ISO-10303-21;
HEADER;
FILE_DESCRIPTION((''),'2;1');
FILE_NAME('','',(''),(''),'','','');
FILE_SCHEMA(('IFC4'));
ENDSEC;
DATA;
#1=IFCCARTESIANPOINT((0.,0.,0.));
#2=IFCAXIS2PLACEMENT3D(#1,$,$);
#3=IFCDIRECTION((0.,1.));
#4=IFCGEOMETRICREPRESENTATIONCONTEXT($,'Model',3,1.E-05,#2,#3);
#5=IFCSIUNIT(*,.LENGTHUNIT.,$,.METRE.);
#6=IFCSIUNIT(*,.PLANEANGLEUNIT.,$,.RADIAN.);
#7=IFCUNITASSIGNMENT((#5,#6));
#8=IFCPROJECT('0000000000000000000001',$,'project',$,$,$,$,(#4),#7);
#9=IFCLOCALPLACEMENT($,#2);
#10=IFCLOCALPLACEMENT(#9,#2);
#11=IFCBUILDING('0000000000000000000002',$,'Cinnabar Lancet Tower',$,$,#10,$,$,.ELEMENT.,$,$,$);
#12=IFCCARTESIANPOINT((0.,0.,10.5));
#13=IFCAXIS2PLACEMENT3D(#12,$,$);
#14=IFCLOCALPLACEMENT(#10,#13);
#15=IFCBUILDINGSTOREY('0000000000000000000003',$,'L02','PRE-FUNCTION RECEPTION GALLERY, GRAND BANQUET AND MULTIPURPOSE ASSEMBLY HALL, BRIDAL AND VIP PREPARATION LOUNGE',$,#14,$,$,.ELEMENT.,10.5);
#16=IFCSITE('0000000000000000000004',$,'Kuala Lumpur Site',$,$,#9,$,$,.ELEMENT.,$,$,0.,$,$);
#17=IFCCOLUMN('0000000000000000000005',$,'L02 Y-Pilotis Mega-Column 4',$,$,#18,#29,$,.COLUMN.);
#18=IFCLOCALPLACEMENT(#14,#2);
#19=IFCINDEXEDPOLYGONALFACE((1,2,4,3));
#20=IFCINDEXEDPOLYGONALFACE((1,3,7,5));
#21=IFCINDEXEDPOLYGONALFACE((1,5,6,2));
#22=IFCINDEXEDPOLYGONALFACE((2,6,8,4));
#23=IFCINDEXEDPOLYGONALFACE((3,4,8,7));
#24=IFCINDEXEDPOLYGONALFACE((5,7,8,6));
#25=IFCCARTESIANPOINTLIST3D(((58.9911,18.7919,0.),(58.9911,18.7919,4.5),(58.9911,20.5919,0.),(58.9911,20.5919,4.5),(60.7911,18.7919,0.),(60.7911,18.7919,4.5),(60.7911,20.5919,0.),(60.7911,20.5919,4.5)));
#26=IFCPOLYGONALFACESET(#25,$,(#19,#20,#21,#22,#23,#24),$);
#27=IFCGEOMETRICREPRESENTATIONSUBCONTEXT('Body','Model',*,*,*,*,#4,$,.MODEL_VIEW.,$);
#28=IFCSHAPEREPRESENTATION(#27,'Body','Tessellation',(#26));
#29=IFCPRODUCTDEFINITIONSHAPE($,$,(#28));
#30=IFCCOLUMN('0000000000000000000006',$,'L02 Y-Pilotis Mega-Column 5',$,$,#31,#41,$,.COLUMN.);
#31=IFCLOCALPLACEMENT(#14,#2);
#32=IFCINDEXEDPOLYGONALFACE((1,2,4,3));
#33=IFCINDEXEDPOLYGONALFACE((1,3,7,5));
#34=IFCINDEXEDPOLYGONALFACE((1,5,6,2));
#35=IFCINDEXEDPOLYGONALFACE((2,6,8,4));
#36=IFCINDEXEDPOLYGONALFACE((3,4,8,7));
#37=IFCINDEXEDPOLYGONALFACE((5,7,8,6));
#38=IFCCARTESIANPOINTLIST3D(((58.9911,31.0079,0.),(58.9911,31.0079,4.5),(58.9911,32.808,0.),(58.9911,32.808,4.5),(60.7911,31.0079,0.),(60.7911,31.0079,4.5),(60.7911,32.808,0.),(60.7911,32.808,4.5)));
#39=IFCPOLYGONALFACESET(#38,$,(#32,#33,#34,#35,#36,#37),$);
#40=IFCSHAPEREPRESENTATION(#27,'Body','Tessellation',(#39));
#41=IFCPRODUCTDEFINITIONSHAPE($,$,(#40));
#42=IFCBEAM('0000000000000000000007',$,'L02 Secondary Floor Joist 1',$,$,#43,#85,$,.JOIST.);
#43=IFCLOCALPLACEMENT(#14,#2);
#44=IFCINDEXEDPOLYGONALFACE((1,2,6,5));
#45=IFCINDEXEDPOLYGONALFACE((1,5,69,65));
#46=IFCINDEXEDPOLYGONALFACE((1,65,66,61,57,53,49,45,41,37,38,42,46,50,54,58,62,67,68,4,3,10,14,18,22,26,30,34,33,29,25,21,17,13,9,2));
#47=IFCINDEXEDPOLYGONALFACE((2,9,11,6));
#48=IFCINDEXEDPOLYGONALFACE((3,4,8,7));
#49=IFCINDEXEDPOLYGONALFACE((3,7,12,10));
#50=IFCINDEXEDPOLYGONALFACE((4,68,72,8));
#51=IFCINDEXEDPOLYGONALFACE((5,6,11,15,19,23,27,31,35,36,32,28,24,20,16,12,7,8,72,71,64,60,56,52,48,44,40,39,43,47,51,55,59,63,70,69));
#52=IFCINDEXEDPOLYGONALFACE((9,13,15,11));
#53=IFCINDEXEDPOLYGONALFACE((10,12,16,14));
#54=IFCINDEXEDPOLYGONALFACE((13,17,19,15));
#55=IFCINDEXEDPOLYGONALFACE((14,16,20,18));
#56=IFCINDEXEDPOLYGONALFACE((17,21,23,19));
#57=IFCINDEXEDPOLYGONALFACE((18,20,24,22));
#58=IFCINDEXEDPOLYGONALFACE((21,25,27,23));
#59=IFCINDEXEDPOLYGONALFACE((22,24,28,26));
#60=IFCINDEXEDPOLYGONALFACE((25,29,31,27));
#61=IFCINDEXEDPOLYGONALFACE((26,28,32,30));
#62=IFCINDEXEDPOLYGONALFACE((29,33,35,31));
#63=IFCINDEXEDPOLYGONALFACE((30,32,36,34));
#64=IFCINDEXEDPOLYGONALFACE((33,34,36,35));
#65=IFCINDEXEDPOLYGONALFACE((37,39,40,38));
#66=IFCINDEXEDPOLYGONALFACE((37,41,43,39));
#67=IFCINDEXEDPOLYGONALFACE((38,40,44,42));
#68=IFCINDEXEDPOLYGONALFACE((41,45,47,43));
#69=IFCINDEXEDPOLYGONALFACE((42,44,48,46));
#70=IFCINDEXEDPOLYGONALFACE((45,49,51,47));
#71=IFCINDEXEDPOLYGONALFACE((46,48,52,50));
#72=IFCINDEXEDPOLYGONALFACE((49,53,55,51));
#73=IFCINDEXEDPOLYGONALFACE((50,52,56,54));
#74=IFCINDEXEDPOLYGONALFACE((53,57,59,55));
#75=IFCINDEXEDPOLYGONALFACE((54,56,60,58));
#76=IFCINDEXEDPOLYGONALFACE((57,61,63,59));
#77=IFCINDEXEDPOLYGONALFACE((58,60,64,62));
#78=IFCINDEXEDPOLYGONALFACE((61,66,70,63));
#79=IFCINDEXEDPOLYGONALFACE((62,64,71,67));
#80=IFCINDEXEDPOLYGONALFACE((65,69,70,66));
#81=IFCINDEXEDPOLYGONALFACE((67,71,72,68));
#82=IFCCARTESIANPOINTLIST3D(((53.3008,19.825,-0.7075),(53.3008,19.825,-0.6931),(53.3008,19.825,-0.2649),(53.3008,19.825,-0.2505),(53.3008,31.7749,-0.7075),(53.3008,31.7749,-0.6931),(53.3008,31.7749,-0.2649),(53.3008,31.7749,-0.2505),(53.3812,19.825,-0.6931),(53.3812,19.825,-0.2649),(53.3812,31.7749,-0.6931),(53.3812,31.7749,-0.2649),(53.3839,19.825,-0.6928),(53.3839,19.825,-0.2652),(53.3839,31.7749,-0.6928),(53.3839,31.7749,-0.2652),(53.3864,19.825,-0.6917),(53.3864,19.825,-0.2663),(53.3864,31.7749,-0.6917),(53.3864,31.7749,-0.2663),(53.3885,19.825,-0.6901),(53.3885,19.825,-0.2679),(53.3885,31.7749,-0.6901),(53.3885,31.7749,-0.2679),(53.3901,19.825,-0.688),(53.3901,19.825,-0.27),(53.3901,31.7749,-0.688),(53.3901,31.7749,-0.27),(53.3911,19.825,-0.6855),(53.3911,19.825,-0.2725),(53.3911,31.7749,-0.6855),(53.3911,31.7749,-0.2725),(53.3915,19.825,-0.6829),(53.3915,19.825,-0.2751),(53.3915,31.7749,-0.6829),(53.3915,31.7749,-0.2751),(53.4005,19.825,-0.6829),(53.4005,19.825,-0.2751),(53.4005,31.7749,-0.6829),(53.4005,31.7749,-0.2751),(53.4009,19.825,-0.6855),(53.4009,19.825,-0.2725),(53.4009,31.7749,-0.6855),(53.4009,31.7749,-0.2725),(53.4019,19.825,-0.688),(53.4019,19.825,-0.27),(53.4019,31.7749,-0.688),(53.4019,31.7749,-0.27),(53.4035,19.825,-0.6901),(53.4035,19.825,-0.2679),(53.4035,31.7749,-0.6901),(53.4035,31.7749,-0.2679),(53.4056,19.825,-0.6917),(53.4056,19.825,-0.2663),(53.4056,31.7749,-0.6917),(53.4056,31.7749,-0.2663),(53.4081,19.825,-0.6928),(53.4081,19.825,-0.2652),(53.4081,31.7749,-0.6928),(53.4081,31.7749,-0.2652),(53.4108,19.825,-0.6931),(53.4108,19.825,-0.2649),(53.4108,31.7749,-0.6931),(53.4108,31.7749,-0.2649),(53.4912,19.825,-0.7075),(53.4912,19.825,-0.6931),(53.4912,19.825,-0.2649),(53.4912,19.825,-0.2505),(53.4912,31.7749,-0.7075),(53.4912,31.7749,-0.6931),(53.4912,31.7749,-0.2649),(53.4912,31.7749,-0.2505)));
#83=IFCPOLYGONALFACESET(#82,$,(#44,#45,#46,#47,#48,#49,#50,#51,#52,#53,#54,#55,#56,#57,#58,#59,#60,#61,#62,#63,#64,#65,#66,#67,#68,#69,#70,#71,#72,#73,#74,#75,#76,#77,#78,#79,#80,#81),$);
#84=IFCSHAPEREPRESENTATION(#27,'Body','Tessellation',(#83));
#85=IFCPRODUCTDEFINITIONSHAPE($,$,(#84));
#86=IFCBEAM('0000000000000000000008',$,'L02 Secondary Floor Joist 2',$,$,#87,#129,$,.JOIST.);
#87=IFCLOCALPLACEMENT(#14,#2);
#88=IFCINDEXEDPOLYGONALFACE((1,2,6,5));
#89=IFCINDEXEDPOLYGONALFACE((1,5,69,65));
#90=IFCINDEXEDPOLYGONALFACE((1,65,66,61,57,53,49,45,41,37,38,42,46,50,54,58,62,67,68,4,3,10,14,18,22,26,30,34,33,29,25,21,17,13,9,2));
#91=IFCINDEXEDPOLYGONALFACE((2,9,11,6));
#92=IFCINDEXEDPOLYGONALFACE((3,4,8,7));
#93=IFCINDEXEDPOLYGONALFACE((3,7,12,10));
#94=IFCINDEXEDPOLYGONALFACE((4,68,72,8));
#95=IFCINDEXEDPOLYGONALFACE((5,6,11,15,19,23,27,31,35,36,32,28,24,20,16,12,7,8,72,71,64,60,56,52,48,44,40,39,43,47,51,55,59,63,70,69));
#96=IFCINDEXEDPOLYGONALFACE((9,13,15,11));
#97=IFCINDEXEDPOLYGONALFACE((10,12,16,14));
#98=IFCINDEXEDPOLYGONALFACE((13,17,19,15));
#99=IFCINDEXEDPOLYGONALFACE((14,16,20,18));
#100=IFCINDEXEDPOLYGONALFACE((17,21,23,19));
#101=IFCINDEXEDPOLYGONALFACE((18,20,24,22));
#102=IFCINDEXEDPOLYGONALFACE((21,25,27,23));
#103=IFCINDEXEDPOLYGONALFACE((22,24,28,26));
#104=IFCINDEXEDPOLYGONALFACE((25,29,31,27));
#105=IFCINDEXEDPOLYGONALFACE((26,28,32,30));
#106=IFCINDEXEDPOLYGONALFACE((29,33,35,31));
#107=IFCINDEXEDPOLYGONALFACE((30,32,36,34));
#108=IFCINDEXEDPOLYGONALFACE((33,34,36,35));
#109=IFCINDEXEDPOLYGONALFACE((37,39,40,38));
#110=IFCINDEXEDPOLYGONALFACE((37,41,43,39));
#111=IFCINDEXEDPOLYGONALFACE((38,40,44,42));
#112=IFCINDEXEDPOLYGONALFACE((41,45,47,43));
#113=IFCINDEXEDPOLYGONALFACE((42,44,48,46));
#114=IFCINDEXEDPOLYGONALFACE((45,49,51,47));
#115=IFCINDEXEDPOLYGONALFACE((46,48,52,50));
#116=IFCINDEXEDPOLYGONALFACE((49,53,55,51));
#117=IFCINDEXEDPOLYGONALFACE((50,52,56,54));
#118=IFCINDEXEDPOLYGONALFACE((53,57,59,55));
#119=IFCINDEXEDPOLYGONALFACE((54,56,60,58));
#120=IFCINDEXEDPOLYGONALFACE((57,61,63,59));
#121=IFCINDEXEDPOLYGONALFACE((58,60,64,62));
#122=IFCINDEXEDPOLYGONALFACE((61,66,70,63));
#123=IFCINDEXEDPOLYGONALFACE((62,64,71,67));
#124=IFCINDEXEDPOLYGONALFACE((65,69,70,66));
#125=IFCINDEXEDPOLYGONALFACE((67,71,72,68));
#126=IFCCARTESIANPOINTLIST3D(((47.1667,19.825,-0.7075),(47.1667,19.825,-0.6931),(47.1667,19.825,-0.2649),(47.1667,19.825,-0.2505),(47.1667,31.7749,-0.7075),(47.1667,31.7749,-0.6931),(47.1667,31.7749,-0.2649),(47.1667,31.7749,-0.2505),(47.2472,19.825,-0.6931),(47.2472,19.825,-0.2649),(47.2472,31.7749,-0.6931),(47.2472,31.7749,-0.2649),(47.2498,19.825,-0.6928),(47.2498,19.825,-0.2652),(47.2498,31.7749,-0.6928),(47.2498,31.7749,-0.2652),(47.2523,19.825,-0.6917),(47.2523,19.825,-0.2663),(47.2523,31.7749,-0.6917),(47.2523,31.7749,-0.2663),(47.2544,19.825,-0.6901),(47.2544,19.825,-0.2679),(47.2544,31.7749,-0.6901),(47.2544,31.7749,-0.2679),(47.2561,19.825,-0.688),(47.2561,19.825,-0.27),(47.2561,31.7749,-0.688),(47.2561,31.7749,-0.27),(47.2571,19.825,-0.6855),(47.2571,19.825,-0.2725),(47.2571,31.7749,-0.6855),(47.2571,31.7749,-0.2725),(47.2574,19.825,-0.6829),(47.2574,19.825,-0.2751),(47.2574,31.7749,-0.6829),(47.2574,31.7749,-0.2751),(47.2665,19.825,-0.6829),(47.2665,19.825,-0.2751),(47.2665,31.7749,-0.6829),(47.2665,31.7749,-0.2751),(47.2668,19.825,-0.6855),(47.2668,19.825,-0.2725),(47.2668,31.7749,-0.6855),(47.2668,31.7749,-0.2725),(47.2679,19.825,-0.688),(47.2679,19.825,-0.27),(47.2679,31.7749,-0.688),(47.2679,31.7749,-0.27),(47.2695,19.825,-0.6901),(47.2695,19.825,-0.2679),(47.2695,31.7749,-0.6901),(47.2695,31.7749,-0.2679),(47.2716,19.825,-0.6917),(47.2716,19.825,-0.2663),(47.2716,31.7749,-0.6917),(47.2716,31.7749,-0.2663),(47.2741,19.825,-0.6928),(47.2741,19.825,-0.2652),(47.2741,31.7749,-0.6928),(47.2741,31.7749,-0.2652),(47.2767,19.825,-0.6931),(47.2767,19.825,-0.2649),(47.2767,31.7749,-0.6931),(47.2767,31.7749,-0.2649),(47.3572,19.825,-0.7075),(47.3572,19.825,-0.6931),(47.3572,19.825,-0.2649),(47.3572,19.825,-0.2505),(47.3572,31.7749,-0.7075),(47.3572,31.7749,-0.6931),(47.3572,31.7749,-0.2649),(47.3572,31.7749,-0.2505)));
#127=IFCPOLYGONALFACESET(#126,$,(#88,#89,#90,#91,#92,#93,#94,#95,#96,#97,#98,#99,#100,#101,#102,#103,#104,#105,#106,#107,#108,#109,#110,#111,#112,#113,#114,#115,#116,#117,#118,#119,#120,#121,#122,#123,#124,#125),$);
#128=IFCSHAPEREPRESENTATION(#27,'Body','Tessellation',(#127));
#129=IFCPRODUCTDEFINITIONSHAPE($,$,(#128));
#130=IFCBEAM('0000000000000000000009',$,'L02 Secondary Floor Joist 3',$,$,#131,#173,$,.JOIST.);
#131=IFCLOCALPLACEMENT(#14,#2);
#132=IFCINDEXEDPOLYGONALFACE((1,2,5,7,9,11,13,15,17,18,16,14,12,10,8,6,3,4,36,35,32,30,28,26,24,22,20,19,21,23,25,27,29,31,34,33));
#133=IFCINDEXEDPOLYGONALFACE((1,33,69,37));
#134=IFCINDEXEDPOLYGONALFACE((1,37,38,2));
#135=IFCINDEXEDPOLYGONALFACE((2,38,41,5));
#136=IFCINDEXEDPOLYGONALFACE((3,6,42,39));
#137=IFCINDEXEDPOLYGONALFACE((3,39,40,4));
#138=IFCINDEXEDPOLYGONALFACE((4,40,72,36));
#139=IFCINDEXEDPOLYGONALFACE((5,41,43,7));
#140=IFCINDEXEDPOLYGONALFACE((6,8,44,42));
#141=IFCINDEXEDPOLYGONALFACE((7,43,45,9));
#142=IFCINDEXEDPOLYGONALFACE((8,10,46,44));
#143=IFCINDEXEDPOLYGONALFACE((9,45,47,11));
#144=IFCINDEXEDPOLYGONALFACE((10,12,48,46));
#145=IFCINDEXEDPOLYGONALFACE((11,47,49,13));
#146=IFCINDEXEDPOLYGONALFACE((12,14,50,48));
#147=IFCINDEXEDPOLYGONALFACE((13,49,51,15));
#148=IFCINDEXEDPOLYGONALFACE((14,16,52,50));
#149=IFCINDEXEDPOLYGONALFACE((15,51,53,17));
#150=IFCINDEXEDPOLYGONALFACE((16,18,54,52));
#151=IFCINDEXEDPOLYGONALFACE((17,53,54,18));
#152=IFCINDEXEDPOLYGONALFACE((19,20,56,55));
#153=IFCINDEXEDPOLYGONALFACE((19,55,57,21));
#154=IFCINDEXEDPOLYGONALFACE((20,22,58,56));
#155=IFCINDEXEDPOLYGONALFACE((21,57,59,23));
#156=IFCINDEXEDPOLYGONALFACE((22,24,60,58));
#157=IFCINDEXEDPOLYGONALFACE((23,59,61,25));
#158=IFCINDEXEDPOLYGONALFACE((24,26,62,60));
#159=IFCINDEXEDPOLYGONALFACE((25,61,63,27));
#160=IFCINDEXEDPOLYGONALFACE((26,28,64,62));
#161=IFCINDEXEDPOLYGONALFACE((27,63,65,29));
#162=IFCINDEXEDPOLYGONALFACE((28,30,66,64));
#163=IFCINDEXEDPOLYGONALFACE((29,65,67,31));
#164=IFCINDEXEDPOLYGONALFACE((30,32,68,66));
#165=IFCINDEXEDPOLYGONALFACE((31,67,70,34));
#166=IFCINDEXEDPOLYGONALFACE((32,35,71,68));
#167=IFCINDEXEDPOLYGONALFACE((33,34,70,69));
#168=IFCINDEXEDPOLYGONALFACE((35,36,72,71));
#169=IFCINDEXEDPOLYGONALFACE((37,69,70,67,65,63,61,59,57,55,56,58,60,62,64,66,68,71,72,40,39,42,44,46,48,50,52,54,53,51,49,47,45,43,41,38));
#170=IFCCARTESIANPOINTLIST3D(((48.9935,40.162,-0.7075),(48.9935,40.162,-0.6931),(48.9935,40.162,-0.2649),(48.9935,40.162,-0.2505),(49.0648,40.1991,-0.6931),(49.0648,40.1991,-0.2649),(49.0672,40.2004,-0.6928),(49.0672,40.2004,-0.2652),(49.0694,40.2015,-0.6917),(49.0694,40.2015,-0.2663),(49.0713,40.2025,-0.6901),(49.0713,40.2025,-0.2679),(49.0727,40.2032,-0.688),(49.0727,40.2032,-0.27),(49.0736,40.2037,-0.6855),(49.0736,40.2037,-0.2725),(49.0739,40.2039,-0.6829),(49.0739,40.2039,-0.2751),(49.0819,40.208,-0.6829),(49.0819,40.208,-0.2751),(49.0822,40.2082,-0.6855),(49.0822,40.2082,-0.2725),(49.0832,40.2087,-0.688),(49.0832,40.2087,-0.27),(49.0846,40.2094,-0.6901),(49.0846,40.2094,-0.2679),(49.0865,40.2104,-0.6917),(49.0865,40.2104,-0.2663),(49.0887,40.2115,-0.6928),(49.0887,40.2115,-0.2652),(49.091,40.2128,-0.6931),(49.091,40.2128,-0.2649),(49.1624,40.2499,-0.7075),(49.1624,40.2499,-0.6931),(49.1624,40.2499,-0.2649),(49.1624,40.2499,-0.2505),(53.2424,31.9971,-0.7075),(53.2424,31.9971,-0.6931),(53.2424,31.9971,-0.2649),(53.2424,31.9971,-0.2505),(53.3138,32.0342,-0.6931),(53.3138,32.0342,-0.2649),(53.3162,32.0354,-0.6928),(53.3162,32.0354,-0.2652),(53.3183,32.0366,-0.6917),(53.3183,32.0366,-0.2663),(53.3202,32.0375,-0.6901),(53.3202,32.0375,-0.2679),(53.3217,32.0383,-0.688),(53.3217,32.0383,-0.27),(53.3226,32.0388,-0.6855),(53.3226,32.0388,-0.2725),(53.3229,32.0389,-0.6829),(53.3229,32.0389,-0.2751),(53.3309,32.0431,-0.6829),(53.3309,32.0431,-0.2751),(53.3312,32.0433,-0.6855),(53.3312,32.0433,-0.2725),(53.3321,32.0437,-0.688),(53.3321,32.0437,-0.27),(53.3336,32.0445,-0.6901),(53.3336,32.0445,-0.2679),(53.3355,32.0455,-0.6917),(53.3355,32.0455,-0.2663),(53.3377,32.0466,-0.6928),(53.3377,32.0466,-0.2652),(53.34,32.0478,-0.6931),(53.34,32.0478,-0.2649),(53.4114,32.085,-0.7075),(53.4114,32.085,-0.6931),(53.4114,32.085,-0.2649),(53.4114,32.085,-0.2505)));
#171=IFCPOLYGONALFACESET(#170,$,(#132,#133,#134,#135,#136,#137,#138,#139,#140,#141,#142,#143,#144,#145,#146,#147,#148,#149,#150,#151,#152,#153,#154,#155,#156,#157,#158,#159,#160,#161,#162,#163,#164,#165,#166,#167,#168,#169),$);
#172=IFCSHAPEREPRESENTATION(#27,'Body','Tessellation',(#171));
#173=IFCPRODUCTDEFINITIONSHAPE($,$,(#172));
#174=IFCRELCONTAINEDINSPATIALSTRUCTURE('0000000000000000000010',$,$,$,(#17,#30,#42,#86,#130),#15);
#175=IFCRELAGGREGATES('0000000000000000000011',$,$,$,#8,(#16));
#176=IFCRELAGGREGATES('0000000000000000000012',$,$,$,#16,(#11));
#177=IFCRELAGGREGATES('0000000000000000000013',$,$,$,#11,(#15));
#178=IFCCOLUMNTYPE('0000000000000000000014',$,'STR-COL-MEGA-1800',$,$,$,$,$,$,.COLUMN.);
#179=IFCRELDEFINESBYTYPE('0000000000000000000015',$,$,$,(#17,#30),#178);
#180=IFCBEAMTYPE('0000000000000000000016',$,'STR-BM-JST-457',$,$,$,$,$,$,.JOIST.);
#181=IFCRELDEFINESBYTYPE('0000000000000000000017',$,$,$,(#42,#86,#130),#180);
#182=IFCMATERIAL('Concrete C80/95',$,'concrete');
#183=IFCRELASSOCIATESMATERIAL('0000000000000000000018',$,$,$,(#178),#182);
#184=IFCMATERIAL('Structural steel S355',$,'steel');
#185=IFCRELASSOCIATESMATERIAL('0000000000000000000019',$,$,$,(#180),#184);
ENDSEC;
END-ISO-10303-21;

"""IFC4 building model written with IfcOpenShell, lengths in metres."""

from ifc_helpers import new_model, si_unit, direction, frame, origin, origin_2d, place, context, subcontext, project, spatial, rectangle, i_section, extrude, material, material_profile, profile_set, type_object, element, save


model = new_model("IFC4")

# Units and contexts
model_context = context("Model", 3, precision=1e-05, world=origin(), true_north=direction((0.0, 1.0)))
body_context = subcontext(model_context, "Body", "Model", "MODEL_VIEW")
ifc_project = project(units=[si_unit("LENGTHUNIT", "METRE"), si_unit("PLANEANGLEUNIT", "RADIAN")], contexts=[model_context])

# Site, building, storey
site_placement = place(None, origin())
site = spatial("IfcSite", under=ifc_project, at=site_placement, Name="Kuala Lumpur Site", CompositionType="ELEMENT", RefElevation=0.0)
building_placement = place(site_placement, origin())
building = spatial("IfcBuilding", under=site, at=building_placement, Name="Cinnabar Lancet Tower", CompositionType="ELEMENT")
storey_placement = place(building_placement, frame((0.0, 0.0, 10.5)))
storey = spatial("IfcBuildingStorey", under=building, at=storey_placement, Name="L02", Description="PRE-FUNCTION RECEPTION GALLERY, GRAND BANQUET AND MULTIPURPOSE ASSEMBLY HALL, BRIDAL AND VIP PREPARATION LOUNGE", CompositionType="ELEMENT", Elevation=10.5)

# Columns
ifc_material_1 = material(Name="Concrete C80/95", Category="concrete")
ifc_material_profile_1 = material_profile(ifc_material_1, rectangle(XDim=1.8, YDim=1.8, at=origin_2d()), Name="RC-MEGA 1800x1800")
ifc_profile_set_1 = profile_set([ifc_material_profile_1], Name="Concrete C80/95")
column_type = type_object("IfcColumnType", Name="STR-COL-MEGA-1800", PredefinedType="COLUMN", material=ifc_profile_set_1)
for number, where, z_axis, x_axis, name in (
    (1, (59.8911, 19.6919, 0.0), (0.0, 0.0, 1.0), (1.0, 0.0, 0.0), "L02 Y-Pilotis Mega-Column 4"),
    (2, (59.8911, 31.908, 0.0), (0.0, 0.0, 1.0), (1.0, 0.0, 0.0), "L02 Y-Pilotis Mega-Column 5"),
):
    element("IfcColumn", number, at=place(storey_placement, frame(where, z_axis=z_axis, x_axis=x_axis)), inside=storey, type_object=column_type, Name=name, PredefinedType="COLUMN", context=body_context, shape_type="SweptSolid", body=[
        extrude(rectangle(XDim=1.8, YDim=1.8, at=origin_2d()), origin(), (0.0, 0.0, 1.0), 4.5),
    ])

# Beams
ifc_material_2 = material(Name="Structural steel S355", Category="steel")
ifc_material_profile_2 = material_profile(ifc_material_2, i_section(OverallWidth=0.1904, OverallDepth=0.457, WebThickness=0.009, FlangeThickness=0.0144, FilletRadius=0.0103, at=origin_2d()), Name="UKB 457x191x74")
ifc_profile_set_2 = profile_set([ifc_material_profile_2], Name="Structural steel S355")
beam_type_1 = type_object("IfcBeamType", Name="STR-BM-JST-457", PredefinedType="JOIST", material=ifc_profile_set_2)
for number, where, z_axis, x_axis, name in (
    (3, (53.396, 19.825, -0.479), (0.0, 1.0, 0.0), (-1.0, 0.0, 0.0), "L02 Secondary Floor Joist 1"),
    (4, (47.262, 19.825, -0.479), (0.0, 1.0, 0.0), (-1.0, 0.0, 0.0), "L02 Secondary Floor Joist 2"),
):
    element("IfcBeam", number, at=place(storey_placement, frame(where, z_axis=z_axis, x_axis=x_axis)), inside=storey, type_object=beam_type_1, Name=name, PredefinedType="JOIST", context=body_context, shape_type="SweptSolid", body=[
        extrude(i_section(OverallWidth=0.1904, OverallDepth=0.457, WebThickness=0.009, FlangeThickness=0.0144, FilletRadius=0.0103, at=origin_2d()), origin(), (0.0, 0.0, 1.0), 11.95),
    ])
beam_1_placement = place(storey_placement, frame((53.3269, 32.041, -0.479), z_axis=(-0.461627, 0.887074, 0.0), x_axis=(-0.887074, -0.461627, 0.0)))
element("IfcBeam", 5, at=beam_1_placement, inside=storey, type_object=beam_type_1, Name="L02 Secondary Floor Joist 3", PredefinedType="JOIST", context=body_context, shape_type="SweptSolid", body=[
    extrude(i_section(OverallWidth=0.1904, OverallDepth=0.457, WebThickness=0.009, FlangeThickness=0.0144, FilletRadius=0.0103, at=origin_2d()), origin(), (0.0, 0.0, 1.0), 9.2043),
])

save(model, "model.ifc")
